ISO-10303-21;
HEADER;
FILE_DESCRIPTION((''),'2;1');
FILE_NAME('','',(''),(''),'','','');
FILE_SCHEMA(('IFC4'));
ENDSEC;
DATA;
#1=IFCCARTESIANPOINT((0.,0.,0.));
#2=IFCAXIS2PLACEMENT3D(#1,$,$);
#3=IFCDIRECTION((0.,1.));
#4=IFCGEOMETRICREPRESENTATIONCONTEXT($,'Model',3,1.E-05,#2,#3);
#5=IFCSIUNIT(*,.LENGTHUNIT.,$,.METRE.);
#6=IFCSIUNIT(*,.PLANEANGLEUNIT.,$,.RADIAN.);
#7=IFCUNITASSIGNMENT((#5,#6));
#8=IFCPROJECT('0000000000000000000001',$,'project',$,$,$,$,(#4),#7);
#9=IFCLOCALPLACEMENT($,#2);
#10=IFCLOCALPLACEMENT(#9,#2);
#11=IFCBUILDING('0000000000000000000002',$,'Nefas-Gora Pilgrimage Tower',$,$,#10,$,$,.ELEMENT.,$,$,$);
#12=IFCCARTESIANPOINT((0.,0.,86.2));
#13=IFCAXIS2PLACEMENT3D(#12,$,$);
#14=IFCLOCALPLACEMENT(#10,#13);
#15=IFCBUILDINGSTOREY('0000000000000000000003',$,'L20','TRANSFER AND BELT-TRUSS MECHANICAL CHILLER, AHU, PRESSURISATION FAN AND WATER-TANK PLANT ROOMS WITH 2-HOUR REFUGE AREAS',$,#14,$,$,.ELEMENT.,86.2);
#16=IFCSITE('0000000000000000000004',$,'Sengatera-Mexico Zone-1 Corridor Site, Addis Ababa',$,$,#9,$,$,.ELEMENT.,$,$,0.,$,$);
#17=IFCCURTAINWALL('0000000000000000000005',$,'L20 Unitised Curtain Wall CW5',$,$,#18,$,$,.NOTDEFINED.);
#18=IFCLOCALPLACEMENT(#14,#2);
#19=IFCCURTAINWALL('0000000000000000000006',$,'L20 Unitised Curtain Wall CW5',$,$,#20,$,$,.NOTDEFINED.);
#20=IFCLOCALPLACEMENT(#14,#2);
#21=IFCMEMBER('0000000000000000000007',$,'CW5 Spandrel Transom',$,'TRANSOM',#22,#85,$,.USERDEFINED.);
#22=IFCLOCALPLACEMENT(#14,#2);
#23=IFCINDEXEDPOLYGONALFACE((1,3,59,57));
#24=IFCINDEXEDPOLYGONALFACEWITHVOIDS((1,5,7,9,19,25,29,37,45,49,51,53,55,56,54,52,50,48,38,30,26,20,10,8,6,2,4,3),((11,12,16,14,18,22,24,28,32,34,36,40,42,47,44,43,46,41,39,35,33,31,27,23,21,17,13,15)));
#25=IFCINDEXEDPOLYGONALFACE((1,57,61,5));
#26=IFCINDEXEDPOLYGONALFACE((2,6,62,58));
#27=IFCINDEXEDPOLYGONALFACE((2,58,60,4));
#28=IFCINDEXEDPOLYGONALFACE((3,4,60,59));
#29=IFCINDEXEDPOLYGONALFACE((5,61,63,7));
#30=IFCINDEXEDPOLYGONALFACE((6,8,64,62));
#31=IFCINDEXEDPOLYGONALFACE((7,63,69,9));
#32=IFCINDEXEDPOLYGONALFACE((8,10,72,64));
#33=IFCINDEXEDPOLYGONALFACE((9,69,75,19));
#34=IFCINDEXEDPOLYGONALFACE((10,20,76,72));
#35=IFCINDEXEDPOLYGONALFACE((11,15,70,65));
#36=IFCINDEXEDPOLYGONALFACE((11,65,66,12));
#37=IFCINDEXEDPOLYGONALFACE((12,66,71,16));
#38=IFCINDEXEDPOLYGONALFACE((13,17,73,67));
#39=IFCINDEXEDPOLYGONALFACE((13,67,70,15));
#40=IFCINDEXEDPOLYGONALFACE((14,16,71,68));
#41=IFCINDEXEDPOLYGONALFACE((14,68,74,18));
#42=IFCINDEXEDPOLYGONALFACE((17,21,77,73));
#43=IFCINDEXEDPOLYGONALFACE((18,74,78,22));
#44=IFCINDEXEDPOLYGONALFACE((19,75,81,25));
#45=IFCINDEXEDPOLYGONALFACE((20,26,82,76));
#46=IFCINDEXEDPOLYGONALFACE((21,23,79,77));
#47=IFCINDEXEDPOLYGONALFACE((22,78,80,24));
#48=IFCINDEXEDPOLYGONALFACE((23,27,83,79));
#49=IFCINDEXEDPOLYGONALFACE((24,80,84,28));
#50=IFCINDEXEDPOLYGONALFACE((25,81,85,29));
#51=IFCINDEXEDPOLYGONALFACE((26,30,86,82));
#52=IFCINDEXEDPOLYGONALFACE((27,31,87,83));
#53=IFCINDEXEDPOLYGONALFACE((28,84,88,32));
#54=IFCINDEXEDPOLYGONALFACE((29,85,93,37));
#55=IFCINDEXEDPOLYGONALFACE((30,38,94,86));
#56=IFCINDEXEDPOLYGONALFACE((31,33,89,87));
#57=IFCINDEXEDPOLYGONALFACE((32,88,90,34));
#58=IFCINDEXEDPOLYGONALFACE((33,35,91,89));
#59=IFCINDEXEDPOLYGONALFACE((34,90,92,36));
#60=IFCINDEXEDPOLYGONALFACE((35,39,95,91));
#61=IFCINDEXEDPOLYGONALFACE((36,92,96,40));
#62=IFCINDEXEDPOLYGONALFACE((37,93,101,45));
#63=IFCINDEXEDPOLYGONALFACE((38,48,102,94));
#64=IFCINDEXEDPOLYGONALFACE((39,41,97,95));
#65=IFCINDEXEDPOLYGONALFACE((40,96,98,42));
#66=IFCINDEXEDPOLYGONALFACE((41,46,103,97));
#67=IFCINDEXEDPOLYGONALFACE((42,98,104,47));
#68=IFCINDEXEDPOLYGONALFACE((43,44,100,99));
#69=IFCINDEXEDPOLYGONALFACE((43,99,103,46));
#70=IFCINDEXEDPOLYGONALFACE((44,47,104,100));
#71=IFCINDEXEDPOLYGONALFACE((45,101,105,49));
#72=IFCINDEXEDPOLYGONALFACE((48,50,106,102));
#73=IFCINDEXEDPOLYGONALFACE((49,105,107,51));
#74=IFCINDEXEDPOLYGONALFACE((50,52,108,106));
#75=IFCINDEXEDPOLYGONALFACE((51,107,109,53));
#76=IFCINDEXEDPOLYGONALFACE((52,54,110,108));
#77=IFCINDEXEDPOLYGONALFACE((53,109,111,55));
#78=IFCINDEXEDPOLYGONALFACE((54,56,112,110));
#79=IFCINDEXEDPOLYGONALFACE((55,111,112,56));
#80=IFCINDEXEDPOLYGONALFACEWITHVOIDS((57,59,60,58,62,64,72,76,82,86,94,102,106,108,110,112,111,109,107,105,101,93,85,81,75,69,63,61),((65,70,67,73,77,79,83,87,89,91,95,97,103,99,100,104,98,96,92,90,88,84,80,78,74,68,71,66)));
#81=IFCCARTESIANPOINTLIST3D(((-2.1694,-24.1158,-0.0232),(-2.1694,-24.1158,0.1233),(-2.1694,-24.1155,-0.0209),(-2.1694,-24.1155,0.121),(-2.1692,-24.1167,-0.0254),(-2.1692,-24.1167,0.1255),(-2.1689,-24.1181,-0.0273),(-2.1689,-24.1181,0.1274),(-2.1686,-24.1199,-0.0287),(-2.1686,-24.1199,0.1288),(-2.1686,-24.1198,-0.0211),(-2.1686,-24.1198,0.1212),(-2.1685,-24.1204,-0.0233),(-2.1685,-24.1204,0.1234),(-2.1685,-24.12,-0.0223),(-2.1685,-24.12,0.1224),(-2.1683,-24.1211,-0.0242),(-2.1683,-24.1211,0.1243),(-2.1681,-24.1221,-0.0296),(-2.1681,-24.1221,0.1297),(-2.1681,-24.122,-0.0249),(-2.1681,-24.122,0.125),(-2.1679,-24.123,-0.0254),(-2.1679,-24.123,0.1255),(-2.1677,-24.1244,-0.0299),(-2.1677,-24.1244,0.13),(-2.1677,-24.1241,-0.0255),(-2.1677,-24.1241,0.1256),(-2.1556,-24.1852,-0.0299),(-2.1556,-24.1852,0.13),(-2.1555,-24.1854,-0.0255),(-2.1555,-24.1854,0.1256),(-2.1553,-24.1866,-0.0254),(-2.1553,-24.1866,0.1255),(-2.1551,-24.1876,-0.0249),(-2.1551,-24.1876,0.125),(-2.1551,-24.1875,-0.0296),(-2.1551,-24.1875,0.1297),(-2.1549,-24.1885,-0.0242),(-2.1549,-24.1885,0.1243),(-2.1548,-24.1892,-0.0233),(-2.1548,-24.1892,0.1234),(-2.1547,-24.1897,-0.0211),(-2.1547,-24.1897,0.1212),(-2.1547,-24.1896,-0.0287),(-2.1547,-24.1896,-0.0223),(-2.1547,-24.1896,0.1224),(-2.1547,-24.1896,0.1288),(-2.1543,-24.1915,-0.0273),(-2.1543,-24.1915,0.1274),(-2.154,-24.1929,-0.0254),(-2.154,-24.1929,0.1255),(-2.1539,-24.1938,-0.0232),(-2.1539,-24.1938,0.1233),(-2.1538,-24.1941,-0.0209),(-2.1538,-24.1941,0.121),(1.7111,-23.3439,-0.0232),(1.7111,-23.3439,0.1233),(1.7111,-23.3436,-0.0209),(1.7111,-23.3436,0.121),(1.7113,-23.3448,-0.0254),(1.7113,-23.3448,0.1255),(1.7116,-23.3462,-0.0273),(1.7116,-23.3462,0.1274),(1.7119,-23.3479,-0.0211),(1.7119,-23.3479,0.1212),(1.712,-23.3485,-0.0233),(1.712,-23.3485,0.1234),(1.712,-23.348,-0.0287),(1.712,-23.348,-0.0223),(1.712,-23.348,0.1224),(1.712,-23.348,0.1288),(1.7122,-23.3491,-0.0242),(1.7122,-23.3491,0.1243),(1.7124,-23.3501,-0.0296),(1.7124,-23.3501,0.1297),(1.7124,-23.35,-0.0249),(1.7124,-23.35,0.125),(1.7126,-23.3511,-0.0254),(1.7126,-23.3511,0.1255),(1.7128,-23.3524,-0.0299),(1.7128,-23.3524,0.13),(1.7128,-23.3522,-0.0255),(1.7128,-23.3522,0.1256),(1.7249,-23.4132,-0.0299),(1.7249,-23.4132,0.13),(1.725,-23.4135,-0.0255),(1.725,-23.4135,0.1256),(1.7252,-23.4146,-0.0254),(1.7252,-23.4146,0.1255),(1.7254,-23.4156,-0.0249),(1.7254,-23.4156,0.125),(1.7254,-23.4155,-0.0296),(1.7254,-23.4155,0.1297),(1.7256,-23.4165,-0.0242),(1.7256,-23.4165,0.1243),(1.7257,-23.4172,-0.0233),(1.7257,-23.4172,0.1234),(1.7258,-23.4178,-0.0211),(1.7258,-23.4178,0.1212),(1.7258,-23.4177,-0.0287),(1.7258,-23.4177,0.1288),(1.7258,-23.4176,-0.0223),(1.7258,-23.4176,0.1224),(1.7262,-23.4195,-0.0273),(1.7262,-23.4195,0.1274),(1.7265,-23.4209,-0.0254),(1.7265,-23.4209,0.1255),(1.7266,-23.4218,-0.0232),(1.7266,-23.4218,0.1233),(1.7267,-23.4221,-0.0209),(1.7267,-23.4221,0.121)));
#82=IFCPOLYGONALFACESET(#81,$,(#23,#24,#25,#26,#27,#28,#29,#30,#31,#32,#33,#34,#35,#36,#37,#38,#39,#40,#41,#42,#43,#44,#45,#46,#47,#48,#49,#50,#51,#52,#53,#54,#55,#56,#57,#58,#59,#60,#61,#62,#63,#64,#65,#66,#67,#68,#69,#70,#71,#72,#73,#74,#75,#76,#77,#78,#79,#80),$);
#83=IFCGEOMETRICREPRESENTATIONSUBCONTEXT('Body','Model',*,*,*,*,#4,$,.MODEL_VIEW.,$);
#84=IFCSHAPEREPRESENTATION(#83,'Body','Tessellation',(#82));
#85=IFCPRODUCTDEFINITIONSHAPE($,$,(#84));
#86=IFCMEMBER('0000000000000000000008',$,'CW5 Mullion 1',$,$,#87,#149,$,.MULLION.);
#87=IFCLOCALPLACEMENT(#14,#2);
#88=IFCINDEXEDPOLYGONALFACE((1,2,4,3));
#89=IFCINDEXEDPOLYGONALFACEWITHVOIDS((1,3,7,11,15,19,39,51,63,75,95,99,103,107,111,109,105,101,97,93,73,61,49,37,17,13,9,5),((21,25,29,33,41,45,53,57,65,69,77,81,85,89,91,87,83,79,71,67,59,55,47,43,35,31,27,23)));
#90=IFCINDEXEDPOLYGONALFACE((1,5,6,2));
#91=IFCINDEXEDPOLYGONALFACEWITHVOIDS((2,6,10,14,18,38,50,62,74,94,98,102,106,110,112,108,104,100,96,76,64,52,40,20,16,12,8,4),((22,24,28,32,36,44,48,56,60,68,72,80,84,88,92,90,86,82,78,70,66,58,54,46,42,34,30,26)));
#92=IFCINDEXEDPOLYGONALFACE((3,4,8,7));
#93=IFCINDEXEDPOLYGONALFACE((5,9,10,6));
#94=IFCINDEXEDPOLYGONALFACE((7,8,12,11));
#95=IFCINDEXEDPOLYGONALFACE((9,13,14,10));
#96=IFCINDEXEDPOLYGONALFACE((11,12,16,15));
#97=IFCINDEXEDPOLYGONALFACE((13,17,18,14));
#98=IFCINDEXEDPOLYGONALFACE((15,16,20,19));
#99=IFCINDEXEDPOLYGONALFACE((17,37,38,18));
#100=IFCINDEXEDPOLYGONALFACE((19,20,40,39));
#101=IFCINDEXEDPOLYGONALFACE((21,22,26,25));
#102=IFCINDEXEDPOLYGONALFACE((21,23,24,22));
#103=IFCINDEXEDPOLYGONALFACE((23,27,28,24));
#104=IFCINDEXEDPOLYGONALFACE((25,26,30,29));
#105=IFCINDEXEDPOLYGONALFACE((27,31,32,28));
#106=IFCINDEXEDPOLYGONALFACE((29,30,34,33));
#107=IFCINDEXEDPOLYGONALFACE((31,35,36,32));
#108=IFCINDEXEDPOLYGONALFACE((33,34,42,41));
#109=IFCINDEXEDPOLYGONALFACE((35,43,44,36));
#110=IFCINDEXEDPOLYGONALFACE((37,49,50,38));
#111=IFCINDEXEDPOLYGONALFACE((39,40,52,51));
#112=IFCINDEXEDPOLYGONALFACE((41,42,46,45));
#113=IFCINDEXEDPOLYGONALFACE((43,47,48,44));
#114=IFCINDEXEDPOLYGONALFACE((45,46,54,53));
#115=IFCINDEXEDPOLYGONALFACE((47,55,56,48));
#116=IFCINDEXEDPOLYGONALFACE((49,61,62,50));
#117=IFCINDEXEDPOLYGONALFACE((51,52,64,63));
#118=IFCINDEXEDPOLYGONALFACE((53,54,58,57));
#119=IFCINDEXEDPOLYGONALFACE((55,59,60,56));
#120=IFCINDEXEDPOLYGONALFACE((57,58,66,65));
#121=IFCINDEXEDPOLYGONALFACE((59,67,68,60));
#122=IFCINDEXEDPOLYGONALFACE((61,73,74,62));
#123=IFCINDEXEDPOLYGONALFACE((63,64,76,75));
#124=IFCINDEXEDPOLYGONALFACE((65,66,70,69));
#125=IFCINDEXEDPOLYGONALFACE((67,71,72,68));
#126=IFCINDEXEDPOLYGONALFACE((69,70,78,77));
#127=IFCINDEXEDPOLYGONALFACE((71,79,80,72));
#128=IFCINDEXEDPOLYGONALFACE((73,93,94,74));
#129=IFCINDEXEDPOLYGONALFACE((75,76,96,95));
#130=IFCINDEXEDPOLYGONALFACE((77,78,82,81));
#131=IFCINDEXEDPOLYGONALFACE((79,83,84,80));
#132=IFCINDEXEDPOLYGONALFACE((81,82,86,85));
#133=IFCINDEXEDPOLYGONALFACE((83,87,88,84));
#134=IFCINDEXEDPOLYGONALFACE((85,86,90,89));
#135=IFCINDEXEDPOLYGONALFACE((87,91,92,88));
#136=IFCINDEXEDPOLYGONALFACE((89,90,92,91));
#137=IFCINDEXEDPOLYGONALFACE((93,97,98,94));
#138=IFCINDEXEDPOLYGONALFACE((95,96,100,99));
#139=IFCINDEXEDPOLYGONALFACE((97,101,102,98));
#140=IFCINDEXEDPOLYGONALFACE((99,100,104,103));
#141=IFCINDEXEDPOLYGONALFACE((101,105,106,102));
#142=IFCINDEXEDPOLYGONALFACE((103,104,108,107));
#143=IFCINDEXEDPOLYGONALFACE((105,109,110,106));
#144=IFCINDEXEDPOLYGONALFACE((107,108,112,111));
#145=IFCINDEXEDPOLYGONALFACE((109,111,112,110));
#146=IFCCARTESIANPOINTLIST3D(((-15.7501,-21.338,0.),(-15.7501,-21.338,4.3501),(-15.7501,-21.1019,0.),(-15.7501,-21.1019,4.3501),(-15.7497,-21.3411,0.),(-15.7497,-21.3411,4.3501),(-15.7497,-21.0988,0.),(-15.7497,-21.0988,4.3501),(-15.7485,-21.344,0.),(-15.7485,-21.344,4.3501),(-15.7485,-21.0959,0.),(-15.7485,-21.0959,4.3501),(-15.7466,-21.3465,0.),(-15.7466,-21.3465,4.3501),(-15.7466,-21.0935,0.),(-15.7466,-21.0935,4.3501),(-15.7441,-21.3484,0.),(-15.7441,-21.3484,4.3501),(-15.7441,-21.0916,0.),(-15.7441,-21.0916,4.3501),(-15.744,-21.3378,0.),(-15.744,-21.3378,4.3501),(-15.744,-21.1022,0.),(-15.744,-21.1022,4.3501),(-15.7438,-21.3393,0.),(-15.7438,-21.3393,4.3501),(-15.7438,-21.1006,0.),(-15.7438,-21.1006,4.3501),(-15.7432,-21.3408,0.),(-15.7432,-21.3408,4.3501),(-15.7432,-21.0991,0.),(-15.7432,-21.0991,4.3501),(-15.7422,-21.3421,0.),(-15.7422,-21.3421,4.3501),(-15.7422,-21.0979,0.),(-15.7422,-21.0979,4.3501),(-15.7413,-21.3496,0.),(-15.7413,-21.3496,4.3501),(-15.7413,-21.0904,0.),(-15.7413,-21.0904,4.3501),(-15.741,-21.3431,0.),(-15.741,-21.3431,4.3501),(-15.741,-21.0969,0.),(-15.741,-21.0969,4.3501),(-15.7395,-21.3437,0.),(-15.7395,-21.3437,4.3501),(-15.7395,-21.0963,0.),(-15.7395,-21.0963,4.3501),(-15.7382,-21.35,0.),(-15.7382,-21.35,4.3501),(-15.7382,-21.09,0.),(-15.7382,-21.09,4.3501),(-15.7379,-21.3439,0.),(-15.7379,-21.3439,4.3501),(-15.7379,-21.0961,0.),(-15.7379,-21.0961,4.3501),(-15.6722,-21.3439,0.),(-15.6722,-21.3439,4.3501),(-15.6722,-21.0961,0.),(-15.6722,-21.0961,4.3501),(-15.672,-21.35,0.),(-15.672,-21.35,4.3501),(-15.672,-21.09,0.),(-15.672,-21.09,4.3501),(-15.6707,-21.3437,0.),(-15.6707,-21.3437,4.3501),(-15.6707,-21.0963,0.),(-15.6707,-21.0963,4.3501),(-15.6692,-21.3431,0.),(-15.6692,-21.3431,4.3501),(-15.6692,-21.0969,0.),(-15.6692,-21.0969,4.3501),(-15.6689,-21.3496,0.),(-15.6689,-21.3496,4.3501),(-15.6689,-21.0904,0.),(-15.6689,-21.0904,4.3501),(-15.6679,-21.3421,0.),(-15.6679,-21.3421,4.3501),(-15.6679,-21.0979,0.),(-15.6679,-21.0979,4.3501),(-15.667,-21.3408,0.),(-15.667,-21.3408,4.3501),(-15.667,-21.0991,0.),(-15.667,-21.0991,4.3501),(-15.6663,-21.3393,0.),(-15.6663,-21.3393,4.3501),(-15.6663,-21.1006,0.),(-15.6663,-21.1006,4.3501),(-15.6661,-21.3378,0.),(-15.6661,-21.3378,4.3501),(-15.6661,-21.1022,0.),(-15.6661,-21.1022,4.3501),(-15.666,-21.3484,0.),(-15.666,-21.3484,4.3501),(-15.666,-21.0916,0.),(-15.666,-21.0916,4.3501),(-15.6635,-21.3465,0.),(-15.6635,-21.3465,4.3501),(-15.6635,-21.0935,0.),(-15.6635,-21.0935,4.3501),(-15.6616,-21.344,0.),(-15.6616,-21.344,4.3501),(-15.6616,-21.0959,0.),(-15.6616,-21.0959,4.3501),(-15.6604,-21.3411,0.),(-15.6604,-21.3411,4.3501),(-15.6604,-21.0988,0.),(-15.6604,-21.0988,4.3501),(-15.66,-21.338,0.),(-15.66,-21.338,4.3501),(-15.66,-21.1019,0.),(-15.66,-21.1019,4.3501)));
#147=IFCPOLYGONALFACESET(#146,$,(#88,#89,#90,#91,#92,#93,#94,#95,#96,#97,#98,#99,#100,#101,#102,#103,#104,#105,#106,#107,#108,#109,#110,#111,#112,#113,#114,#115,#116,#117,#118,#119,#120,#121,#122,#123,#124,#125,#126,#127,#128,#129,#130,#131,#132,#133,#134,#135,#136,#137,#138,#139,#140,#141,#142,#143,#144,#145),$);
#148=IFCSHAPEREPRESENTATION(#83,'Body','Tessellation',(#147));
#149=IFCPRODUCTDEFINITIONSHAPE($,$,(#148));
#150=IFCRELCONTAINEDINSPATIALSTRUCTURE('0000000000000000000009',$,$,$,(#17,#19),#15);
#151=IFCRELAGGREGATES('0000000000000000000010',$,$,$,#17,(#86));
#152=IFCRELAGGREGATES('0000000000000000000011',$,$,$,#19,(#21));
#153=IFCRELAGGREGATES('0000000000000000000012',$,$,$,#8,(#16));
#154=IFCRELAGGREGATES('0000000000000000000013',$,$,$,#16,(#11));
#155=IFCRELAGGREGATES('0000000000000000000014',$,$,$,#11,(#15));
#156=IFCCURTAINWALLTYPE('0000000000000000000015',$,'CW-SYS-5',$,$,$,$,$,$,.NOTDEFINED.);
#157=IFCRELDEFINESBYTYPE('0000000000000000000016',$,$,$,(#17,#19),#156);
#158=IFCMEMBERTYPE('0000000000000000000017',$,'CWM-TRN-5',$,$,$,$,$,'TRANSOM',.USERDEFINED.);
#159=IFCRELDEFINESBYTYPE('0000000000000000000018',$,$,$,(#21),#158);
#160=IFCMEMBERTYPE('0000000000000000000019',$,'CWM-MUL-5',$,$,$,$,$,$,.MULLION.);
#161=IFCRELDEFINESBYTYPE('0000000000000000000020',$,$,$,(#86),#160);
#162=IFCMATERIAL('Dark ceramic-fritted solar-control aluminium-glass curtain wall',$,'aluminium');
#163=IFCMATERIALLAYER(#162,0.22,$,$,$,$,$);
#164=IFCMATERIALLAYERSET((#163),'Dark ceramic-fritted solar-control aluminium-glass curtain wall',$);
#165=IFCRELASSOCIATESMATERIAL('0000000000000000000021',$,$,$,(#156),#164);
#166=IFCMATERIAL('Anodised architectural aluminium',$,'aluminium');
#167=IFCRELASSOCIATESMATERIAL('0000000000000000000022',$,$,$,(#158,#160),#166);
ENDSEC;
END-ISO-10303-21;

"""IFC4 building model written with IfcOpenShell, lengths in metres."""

from ifc_helpers import new_model, si_unit, direction, frame, origin, origin_2d, place, context, subcontext, project, spatial, hollow_rectangle, extrude, source, transform, mapped, material, layer, layer_set, material_profile, profile_set, type_object, element, aggregate, save


model = new_model("IFC4")

# Units and contexts
model_context = context("Model", 3, precision=1e-05, world=origin(), true_north=direction((0.0, 1.0)))
body_context = subcontext(model_context, "Body", "Model", "MODEL_VIEW")
ifc_project = project(units=[si_unit("LENGTHUNIT", "METRE"), si_unit("PLANEANGLEUNIT", "RADIAN")], contexts=[model_context])

# Site, building, storey
site_placement = place(None, origin())
site = spatial("IfcSite", under=ifc_project, at=site_placement, Name="Sengatera-Mexico Zone-1 Corridor Site, Addis Ababa", CompositionType="ELEMENT", RefElevation=0.0)
building_placement = place(site_placement, origin())
building = spatial("IfcBuilding", under=site, at=building_placement, Name="Nefas-Gora Pilgrimage Tower", CompositionType="ELEMENT")
storey_placement = place(building_placement, frame((0.0, 0.0, 86.2)))
storey = spatial("IfcBuildingStorey", under=building, at=storey_placement, Name="L20", Description="TRANSFER AND BELT-TRUSS MECHANICAL CHILLER, AHU, PRESSURISATION FAN AND WATER-TANK PLANT ROOMS WITH 2-HOUR REFUGE AREAS", CompositionType="ELEMENT", Elevation=86.2)

# Curtain walls, member
ifc_material_1 = material(Name="Dark ceramic-fritted solar-control aluminium-glass curtain wall", Category="aluminium")
ifc_layer_1 = layer(ifc_material_1, 0.22)
ifc_layer_set_1 = layer_set([ifc_layer_1], Name="Dark ceramic-fritted solar-control aluminium-glass curtain wall")
curtain_wall_type = type_object("IfcCurtainWallType", Name="CW-SYS-5", PredefinedType="NOTDEFINED", material=ifc_layer_set_1)
curtain_wall_1_placement = place(storey_placement, origin())
curtain_wall_1 = element("IfcCurtainWall", 1, at=curtain_wall_1_placement, inside=storey, type_object=curtain_wall_type, Name="L20 Unitised Curtain Wall CW5", PredefinedType="NOTDEFINED")
ifc_material_2 = material(Name="Anodised architectural aluminium", Category="aluminium")
ifc_material_profile_1 = material_profile(ifc_material_2, hollow_rectangle(XDim=0.0801, YDim=0.1599, WallThickness=0.0044, InnerFilletRadius=0.0044, OuterFilletRadius=0.009, at=origin_2d()), Name="ALU TRANSOM 80x160")
ifc_profile_set_1 = profile_set([ifc_material_profile_1], Name="Anodised architectural aluminium")
member_type_1 = type_object("IfcMemberType", Name="CWM-TRN-5", ElementType="TRANSOM", PredefinedType="USERDEFINED", material=ifc_profile_set_1)
shared_shape_1 = source(origin(), body_context, "Body", "SweptSolid", [
    extrude(hollow_rectangle(XDim=0.0801, YDim=0.1599, WallThickness=0.0044, InnerFilletRadius=0.0044, OuterFilletRadius=0.009, at=origin_2d()), origin(), (0.0, 0.0, 1.0), 3.9565),
])
curtain_wall_2_placement = place(storey_placement, origin())
curtain_wall_2 = element("IfcCurtainWall", 2, at=curtain_wall_2_placement, inside=storey, type_object=curtain_wall_type, Name="L20 Unitised Curtain Wall CW5", PredefinedType="NOTDEFINED")
member_1_placement = place(storey_placement, frame((-2.1616, -24.1548, 0.05), z_axis=(0.980782, 0.195107, 0.0), x_axis=(-0.195107, 0.980782, 0.0)))
member_1 = element("IfcMember", 3, at=member_1_placement, type_object=member_type_1, Name="CW5 Spandrel Transom", ObjectType="TRANSOM", PredefinedType="USERDEFINED", context=body_context, shape_type="MappedRepresentation", body=[
    mapped(shared_shape_1, transform((0.0, 0.0, 0.0), x_axis=(1.0, 0.0, 0.0), y_axis=(0.0, 1.0, 0.0), z_axis=(0.0, 0.0, 1.0), scale=1.0)),
])

# Member
ifc_material_profile_2 = material_profile(ifc_material_2, hollow_rectangle(XDim=0.0901, YDim=0.26, WallThickness=0.0061, InnerFilletRadius=0.0061, OuterFilletRadius=0.012, at=origin_2d()), Name="ALU MULLION 90x260")
ifc_profile_set_2 = profile_set([ifc_material_profile_2], Name="Anodised architectural aluminium")
member_type_2 = type_object("IfcMemberType", Name="CWM-MUL-5", PredefinedType="MULLION", material=ifc_profile_set_2)
shared_shape_2 = source(origin(), body_context, "Body", "SweptSolid", [
    extrude(hollow_rectangle(XDim=0.0901, YDim=0.26, WallThickness=0.0061, InnerFilletRadius=0.0061, OuterFilletRadius=0.012, at=origin_2d()), origin(), (0.0, 0.0, 1.0), 4.3501),
])
member_2_placement = place(storey_placement, frame((-15.7051, -21.22, 0.0), z_axis=(0.0, 0.0, 1.0), x_axis=(1.0, 0.0, 0.0)))
member_2 = element("IfcMember", 4, at=member_2_placement, type_object=member_type_2, Name="CW5 Mullion 1", PredefinedType="MULLION", context=body_context, shape_type="MappedRepresentation", body=[
    mapped(shared_shape_2, transform((0.0, 0.0, 0.0), x_axis=(1.0, 0.0, 0.0), y_axis=(0.0, 1.0, 0.0), z_axis=(0.0, 0.0, 1.0), scale=1.0)),
])

aggregate(curtain_wall_1, [member_2])
aggregate(curtain_wall_2, [member_1])

save(model, "model.ifc")
